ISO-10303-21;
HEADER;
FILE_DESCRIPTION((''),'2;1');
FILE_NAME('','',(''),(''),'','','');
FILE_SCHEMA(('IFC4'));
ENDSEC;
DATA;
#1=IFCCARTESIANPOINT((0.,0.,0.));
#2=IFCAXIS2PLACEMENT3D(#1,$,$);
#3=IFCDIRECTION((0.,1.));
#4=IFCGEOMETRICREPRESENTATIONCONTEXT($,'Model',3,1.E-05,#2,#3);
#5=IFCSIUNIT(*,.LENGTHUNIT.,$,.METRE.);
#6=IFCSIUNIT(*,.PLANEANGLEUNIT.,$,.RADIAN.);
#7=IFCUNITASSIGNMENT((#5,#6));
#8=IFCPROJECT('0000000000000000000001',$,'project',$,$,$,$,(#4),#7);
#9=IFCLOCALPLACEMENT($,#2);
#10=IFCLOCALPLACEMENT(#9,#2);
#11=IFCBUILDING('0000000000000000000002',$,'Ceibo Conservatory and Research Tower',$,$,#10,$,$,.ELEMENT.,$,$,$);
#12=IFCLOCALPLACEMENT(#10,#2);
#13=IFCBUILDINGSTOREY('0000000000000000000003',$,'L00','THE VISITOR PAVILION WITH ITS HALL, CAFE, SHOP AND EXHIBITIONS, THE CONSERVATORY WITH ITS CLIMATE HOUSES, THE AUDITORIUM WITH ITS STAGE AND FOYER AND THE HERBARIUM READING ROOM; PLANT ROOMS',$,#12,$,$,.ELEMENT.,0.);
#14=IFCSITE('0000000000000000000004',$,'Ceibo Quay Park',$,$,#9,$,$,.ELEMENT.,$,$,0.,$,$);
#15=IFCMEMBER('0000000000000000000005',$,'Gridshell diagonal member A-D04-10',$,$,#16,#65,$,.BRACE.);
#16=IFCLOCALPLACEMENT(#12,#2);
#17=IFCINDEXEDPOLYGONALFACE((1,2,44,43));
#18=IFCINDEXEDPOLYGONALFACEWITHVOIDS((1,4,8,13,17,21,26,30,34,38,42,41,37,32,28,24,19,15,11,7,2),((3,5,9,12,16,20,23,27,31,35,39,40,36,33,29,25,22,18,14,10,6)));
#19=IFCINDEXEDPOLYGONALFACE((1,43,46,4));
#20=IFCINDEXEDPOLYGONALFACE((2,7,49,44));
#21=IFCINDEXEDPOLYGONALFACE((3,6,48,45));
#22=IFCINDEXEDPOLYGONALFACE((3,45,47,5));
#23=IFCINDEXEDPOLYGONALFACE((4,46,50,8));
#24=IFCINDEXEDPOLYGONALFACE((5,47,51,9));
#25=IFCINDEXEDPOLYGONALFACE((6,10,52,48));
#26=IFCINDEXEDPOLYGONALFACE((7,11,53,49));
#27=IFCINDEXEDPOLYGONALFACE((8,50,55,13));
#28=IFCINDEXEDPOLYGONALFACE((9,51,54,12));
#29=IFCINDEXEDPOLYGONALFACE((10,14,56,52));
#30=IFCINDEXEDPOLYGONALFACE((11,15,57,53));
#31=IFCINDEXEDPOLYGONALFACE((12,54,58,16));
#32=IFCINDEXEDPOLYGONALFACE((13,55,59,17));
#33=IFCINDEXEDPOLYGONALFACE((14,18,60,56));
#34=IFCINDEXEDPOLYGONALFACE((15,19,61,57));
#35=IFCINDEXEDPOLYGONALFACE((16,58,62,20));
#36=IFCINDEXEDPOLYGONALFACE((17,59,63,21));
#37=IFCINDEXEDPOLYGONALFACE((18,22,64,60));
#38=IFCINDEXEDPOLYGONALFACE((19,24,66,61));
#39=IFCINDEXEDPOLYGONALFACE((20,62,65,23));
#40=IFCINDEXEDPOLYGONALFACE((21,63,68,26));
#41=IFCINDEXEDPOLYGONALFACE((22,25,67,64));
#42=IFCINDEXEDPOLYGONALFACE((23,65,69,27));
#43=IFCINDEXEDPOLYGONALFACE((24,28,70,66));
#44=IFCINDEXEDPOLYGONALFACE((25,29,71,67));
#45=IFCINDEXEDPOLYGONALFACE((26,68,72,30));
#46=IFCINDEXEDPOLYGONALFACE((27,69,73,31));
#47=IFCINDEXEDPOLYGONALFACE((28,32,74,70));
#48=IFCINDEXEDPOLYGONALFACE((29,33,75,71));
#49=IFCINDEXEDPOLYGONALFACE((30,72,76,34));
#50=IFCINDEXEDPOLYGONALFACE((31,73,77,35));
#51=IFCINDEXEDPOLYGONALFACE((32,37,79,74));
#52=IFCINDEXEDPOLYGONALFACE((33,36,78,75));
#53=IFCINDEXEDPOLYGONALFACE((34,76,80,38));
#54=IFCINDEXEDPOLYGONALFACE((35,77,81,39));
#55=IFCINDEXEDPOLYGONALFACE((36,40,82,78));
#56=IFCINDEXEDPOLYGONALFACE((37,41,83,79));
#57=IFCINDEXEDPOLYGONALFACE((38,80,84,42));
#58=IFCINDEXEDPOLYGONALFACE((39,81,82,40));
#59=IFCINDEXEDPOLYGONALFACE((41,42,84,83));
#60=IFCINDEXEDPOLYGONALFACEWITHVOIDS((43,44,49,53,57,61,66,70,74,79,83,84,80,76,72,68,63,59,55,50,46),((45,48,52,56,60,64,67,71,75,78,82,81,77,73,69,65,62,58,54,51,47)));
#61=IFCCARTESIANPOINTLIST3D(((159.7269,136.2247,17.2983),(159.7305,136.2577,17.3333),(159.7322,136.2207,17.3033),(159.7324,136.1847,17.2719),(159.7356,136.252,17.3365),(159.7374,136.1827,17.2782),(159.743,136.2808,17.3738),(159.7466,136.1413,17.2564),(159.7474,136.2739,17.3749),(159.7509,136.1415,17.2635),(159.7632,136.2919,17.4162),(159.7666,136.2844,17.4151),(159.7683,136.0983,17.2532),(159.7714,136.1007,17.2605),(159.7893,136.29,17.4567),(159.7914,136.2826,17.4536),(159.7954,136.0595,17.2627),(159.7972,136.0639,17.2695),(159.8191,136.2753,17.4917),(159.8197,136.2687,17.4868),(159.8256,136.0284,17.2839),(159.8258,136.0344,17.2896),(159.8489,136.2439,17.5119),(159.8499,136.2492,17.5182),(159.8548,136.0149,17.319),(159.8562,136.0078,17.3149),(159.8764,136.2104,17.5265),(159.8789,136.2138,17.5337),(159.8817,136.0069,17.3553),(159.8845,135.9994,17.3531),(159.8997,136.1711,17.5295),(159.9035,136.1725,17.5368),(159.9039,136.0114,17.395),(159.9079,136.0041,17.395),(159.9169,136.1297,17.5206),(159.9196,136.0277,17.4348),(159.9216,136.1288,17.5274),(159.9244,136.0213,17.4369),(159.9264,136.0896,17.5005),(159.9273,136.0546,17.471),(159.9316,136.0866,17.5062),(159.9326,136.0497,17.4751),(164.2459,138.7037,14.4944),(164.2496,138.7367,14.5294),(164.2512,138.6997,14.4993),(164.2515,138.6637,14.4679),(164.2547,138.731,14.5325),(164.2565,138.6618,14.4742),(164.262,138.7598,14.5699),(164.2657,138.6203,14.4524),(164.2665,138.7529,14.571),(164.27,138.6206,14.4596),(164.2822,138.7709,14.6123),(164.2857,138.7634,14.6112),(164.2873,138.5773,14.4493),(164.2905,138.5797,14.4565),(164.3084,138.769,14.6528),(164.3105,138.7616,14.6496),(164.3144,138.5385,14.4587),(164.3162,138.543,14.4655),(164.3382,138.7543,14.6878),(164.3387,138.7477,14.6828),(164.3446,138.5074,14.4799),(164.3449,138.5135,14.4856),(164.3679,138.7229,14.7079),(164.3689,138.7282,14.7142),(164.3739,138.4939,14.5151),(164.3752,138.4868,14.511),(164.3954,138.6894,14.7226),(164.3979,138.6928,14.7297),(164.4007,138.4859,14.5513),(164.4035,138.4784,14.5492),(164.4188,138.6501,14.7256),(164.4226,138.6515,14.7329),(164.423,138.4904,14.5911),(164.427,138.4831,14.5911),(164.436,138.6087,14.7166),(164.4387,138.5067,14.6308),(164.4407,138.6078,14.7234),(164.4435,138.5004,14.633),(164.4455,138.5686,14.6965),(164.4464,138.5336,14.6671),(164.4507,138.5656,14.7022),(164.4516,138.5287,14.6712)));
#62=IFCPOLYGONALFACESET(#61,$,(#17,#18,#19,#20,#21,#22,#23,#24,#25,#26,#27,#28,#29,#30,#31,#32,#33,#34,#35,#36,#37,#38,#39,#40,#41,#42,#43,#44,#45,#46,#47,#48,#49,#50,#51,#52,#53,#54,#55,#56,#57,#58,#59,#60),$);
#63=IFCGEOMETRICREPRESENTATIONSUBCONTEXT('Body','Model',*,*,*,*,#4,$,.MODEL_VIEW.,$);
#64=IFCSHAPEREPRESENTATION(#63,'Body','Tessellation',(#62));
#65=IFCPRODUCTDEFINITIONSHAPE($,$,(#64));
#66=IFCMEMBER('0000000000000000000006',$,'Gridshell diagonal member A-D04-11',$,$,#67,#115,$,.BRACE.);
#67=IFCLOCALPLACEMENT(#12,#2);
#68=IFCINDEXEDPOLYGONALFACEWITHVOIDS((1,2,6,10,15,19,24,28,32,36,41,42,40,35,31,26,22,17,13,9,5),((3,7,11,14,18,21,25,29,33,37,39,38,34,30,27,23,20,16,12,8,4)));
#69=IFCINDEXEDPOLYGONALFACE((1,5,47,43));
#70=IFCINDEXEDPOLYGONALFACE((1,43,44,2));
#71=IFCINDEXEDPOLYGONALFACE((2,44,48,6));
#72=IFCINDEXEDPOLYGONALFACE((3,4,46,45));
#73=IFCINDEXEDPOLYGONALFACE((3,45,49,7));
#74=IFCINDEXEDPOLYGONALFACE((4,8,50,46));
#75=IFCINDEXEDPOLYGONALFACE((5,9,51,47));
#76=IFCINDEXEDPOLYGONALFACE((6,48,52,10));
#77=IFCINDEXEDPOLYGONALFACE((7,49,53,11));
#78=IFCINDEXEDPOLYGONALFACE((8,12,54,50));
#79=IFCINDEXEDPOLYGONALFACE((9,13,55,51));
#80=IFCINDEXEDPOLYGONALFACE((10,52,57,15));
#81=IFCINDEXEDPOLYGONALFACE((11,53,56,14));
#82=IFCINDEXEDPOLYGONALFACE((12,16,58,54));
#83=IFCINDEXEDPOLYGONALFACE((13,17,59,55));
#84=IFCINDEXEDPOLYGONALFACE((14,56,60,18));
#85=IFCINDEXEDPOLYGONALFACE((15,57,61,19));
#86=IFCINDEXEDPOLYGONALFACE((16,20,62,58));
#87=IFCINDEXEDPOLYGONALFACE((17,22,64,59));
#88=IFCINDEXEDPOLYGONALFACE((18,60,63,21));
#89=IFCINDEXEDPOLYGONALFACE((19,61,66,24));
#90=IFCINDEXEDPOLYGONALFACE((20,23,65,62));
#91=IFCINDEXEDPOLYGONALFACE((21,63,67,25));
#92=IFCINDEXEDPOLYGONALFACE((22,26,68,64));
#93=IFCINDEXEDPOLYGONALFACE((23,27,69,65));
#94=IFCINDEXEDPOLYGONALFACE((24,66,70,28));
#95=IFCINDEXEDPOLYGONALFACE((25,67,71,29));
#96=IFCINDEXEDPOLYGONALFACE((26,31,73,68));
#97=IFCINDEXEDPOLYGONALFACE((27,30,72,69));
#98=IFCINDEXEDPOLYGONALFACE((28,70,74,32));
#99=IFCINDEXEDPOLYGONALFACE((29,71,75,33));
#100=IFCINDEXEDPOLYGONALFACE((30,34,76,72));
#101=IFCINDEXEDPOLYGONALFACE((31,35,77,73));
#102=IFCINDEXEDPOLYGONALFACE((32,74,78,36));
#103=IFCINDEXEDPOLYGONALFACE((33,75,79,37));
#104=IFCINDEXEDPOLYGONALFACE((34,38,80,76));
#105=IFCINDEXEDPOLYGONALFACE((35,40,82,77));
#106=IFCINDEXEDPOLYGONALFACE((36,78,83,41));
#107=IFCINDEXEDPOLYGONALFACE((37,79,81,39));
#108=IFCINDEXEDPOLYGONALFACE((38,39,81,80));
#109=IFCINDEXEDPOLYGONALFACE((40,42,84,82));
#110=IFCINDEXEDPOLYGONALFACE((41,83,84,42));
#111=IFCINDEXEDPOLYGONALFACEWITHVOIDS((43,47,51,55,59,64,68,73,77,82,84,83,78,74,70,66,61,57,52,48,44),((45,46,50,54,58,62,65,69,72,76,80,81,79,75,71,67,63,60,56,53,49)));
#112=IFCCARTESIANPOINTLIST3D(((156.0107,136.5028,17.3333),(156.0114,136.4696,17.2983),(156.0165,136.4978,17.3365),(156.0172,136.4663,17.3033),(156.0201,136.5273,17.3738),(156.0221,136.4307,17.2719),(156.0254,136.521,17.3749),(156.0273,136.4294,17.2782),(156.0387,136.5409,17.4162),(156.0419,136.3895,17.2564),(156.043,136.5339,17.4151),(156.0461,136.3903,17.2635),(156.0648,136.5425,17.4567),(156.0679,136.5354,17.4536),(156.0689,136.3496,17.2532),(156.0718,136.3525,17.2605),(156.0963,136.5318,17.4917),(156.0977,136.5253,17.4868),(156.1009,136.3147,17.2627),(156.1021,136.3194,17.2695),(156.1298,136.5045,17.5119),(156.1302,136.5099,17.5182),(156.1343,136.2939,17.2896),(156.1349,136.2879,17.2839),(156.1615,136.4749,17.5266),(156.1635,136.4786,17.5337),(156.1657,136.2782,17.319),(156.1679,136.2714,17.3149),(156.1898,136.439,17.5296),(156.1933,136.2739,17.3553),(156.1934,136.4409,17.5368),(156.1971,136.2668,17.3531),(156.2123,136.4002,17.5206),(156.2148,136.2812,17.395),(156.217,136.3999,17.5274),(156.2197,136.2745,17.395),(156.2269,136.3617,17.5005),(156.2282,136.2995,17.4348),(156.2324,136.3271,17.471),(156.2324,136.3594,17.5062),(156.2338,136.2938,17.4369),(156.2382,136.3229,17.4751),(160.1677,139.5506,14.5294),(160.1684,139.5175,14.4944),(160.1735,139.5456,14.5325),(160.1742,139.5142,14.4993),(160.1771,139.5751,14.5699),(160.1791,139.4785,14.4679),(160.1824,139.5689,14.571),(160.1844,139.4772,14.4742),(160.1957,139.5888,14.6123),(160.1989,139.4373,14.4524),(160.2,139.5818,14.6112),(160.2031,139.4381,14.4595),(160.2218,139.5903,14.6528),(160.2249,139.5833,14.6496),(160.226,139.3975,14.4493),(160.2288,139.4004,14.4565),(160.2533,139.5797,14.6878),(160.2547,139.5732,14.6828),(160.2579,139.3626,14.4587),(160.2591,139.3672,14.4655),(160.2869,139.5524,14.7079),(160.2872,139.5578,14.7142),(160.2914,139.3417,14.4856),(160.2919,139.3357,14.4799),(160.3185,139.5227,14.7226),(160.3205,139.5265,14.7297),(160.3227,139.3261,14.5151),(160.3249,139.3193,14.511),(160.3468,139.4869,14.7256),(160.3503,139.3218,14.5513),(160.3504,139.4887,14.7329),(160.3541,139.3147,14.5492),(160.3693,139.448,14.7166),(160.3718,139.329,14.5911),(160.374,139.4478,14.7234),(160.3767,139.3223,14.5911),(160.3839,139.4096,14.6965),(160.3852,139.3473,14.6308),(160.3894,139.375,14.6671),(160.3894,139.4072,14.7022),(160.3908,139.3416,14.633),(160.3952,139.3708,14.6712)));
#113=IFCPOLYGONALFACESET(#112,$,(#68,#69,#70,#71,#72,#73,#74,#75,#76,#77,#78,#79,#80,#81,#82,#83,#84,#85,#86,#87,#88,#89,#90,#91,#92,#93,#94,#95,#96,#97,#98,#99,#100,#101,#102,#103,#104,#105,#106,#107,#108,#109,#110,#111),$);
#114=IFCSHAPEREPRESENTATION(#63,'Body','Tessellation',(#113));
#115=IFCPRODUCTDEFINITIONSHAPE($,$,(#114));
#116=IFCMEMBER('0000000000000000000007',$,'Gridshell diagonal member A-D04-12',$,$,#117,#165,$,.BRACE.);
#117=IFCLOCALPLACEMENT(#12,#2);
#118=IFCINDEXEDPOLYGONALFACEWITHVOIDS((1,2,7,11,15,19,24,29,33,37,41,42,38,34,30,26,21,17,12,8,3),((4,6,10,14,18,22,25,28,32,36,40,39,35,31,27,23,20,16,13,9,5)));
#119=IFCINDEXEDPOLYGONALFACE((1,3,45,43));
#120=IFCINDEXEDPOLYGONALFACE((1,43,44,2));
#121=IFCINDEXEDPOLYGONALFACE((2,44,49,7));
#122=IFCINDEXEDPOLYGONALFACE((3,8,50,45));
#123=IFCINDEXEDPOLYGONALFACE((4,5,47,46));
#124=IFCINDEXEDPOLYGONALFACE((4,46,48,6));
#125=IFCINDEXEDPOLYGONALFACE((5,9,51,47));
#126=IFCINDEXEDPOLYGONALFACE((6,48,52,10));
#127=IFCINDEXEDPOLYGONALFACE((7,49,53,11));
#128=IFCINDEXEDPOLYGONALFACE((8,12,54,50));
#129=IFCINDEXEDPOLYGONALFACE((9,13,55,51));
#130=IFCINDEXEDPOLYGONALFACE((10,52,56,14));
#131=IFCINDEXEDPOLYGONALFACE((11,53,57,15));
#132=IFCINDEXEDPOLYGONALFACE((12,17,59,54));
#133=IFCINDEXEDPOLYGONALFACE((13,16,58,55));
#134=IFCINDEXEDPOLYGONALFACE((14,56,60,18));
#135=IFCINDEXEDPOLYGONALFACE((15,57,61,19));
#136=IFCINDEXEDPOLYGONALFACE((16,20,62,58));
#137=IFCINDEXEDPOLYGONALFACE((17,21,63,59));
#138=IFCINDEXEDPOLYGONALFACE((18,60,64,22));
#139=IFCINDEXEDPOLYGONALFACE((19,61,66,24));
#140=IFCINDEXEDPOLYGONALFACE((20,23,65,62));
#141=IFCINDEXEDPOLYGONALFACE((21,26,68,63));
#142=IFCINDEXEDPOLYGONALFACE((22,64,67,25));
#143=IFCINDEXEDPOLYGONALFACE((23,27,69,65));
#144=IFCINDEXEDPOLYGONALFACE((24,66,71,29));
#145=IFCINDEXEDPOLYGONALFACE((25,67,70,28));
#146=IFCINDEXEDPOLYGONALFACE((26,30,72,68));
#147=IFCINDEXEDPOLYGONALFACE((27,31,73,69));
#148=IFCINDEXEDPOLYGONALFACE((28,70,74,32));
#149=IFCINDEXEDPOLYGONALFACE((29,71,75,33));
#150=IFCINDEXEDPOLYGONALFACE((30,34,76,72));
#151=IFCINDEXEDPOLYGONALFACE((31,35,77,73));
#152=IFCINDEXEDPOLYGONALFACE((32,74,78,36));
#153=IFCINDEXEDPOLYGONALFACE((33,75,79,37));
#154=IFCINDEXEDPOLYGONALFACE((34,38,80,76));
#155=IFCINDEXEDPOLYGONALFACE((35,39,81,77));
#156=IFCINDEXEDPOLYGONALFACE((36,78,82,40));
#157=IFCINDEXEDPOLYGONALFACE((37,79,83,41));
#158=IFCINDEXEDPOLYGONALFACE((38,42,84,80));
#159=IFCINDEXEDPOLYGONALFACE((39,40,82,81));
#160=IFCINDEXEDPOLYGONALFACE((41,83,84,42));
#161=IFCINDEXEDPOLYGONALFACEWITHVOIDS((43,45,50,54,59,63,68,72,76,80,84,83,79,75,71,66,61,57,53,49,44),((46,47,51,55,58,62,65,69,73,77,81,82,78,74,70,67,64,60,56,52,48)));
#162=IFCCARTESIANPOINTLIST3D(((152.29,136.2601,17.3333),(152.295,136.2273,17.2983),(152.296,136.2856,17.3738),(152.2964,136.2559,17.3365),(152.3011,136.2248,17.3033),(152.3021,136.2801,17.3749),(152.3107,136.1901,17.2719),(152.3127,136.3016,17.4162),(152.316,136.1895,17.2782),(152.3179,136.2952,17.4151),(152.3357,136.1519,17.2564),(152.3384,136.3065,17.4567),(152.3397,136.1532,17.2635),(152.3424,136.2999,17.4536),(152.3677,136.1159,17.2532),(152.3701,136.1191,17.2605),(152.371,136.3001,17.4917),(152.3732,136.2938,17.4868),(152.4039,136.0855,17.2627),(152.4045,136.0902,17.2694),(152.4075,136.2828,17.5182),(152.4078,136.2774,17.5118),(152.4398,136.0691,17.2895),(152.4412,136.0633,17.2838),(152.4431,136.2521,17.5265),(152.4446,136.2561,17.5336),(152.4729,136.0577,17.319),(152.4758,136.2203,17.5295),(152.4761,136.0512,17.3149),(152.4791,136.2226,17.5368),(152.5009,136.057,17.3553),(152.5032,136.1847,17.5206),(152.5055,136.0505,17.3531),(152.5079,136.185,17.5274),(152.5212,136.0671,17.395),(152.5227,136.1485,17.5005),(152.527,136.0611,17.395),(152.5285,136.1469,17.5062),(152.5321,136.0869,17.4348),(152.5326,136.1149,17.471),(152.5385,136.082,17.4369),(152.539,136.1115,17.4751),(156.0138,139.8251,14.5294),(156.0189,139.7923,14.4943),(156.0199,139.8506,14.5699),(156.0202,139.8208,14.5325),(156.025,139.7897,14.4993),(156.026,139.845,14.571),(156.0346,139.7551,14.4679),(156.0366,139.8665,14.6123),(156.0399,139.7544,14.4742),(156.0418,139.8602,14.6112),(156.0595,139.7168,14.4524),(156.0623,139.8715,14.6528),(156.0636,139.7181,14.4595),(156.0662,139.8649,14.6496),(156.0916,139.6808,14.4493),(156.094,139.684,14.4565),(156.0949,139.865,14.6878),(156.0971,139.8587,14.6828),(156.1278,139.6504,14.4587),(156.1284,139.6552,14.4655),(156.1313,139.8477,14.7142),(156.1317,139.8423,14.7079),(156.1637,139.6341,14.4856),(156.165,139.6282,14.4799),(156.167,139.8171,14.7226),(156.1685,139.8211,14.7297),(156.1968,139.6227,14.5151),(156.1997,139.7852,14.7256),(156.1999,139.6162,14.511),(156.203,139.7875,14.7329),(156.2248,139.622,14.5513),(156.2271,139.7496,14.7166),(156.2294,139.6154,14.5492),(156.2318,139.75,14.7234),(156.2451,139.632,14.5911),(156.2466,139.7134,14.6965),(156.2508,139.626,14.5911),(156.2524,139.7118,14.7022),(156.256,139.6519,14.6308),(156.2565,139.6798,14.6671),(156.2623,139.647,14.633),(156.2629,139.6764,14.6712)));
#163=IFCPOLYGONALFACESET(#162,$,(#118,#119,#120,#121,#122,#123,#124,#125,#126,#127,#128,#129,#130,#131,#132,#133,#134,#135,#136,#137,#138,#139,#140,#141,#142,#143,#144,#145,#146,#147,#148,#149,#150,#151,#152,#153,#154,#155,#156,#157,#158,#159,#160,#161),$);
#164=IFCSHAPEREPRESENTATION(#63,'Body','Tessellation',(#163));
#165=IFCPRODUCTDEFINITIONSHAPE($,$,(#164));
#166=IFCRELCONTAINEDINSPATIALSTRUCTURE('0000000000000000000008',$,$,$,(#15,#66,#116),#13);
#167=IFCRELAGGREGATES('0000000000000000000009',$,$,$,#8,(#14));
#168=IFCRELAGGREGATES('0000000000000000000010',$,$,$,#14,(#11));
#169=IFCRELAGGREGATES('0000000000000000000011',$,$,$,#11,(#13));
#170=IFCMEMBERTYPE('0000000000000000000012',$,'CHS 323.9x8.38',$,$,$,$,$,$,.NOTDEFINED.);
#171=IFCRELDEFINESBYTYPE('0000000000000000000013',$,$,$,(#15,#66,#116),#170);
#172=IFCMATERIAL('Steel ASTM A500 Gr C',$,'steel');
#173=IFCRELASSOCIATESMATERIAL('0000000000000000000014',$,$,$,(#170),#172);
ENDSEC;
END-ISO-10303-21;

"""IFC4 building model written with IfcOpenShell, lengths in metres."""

from ifc_helpers import new_model, si_unit, direction, frame, origin, origin_2d, place, context, subcontext, project, spatial, hollow_circle, extrude, material, material_profile, profile_set, type_object, element, save


model = new_model("IFC4")

# Units and contexts
model_context = context("Model", 3, precision=1e-05, world=origin(), true_north=direction((0.0, 1.0)))
body_context = subcontext(model_context, "Body", "Model", "MODEL_VIEW")
ifc_project = project(units=[si_unit("LENGTHUNIT", "METRE"), si_unit("PLANEANGLEUNIT", "RADIAN")], contexts=[model_context])

# Site, building, storey
site_placement = place(None, origin())
site = spatial("IfcSite", under=ifc_project, at=site_placement, Name="Ceibo Quay Park", CompositionType="ELEMENT", RefElevation=0.0)
building_placement = place(site_placement, origin())
building = spatial("IfcBuilding", under=site, at=building_placement, Name="Ceibo Conservatory and Research Tower", CompositionType="ELEMENT")
storey_placement = place(building_placement, origin())
storey = spatial("IfcBuildingStorey", under=building, at=storey_placement, Name="L00", Description="THE VISITOR PAVILION WITH ITS HALL, CAFE, SHOP AND EXHIBITIONS, THE CONSERVATORY WITH ITS CLIMATE HOUSES, THE AUDITORIUM WITH ITS STAGE AND FOYER AND THE HERBARIUM READING ROOM; PLANT ROOMS", CompositionType="ELEMENT", Elevation=0.0)

# Members
ifc_material_1 = material(Name="Steel ASTM A500 Gr C", Category="steel")
ifc_material_profile_1 = material_profile(ifc_material_1, hollow_circle(Radius=0.1619, WallThickness=0.0083, at=origin_2d()), Name="CHS 323.9x8.38")
ifc_profile_set_1 = profile_set([ifc_material_profile_1], Name="Steel ASTM A500 Gr C")
member_type_1 = type_object("IfcMemberType", Name="CHS 323.9x8.38", PredefinedType="NOTDEFINED", material=ifc_profile_set_1)
member_1_placement = place(storey_placement, frame((164.3491, 138.625, 14.5911), z_axis=(-0.770162, -0.422486, 0.477866), x_axis=(0.480955, -0.876745, 0.0)))
element("IfcMember", 1, at=member_1_placement, inside=storey, type_object=member_type_1, Name="Gridshell diagonal member A-D04-10", PredefinedType="BRACE", context=body_context, shape_type="SweptSolid", body=[
    extrude(hollow_circle(Radius=0.1619, WallThickness=0.0083, at=origin_2d()), origin(), (0.0, 0.0, 1.0), 5.8677),
])
member_2_placement = place(storey_placement, frame((160.281, 139.4529, 14.5911), z_axis=(-0.70843, -0.519412, 0.477848), x_axis=(0.591288, -0.806461, 0.0)))
element("IfcMember", 2, at=member_2_placement, inside=storey, type_object=member_type_1, Name="Gridshell diagonal member A-D04-11", PredefinedType="BRACE", context=body_context, shape_type="SweptSolid", body=[
    extrude(hollow_circle(Radius=0.1619, WallThickness=0.0083, at=origin_2d()), origin(), (0.0, 0.0, 1.0), 5.8679),
])
member_3_placement = place(storey_placement, frame((156.1389, 139.7429, 14.5911), z_axis=(-0.634563, -0.60748, 0.477805), x_axis=(0.691524, -0.722354, 0.0)))
element("IfcMember", 3, at=member_3_placement, inside=storey, type_object=member_type_1, Name="Gridshell diagonal member A-D04-12", PredefinedType="BRACE", context=body_context, shape_type="SweptSolid", body=[
    extrude(hollow_circle(Radius=0.1619, WallThickness=0.0083, at=origin_2d()), origin(), (0.0, 0.0, 1.0), 5.8684),
])

save(model, "model.ifc")
